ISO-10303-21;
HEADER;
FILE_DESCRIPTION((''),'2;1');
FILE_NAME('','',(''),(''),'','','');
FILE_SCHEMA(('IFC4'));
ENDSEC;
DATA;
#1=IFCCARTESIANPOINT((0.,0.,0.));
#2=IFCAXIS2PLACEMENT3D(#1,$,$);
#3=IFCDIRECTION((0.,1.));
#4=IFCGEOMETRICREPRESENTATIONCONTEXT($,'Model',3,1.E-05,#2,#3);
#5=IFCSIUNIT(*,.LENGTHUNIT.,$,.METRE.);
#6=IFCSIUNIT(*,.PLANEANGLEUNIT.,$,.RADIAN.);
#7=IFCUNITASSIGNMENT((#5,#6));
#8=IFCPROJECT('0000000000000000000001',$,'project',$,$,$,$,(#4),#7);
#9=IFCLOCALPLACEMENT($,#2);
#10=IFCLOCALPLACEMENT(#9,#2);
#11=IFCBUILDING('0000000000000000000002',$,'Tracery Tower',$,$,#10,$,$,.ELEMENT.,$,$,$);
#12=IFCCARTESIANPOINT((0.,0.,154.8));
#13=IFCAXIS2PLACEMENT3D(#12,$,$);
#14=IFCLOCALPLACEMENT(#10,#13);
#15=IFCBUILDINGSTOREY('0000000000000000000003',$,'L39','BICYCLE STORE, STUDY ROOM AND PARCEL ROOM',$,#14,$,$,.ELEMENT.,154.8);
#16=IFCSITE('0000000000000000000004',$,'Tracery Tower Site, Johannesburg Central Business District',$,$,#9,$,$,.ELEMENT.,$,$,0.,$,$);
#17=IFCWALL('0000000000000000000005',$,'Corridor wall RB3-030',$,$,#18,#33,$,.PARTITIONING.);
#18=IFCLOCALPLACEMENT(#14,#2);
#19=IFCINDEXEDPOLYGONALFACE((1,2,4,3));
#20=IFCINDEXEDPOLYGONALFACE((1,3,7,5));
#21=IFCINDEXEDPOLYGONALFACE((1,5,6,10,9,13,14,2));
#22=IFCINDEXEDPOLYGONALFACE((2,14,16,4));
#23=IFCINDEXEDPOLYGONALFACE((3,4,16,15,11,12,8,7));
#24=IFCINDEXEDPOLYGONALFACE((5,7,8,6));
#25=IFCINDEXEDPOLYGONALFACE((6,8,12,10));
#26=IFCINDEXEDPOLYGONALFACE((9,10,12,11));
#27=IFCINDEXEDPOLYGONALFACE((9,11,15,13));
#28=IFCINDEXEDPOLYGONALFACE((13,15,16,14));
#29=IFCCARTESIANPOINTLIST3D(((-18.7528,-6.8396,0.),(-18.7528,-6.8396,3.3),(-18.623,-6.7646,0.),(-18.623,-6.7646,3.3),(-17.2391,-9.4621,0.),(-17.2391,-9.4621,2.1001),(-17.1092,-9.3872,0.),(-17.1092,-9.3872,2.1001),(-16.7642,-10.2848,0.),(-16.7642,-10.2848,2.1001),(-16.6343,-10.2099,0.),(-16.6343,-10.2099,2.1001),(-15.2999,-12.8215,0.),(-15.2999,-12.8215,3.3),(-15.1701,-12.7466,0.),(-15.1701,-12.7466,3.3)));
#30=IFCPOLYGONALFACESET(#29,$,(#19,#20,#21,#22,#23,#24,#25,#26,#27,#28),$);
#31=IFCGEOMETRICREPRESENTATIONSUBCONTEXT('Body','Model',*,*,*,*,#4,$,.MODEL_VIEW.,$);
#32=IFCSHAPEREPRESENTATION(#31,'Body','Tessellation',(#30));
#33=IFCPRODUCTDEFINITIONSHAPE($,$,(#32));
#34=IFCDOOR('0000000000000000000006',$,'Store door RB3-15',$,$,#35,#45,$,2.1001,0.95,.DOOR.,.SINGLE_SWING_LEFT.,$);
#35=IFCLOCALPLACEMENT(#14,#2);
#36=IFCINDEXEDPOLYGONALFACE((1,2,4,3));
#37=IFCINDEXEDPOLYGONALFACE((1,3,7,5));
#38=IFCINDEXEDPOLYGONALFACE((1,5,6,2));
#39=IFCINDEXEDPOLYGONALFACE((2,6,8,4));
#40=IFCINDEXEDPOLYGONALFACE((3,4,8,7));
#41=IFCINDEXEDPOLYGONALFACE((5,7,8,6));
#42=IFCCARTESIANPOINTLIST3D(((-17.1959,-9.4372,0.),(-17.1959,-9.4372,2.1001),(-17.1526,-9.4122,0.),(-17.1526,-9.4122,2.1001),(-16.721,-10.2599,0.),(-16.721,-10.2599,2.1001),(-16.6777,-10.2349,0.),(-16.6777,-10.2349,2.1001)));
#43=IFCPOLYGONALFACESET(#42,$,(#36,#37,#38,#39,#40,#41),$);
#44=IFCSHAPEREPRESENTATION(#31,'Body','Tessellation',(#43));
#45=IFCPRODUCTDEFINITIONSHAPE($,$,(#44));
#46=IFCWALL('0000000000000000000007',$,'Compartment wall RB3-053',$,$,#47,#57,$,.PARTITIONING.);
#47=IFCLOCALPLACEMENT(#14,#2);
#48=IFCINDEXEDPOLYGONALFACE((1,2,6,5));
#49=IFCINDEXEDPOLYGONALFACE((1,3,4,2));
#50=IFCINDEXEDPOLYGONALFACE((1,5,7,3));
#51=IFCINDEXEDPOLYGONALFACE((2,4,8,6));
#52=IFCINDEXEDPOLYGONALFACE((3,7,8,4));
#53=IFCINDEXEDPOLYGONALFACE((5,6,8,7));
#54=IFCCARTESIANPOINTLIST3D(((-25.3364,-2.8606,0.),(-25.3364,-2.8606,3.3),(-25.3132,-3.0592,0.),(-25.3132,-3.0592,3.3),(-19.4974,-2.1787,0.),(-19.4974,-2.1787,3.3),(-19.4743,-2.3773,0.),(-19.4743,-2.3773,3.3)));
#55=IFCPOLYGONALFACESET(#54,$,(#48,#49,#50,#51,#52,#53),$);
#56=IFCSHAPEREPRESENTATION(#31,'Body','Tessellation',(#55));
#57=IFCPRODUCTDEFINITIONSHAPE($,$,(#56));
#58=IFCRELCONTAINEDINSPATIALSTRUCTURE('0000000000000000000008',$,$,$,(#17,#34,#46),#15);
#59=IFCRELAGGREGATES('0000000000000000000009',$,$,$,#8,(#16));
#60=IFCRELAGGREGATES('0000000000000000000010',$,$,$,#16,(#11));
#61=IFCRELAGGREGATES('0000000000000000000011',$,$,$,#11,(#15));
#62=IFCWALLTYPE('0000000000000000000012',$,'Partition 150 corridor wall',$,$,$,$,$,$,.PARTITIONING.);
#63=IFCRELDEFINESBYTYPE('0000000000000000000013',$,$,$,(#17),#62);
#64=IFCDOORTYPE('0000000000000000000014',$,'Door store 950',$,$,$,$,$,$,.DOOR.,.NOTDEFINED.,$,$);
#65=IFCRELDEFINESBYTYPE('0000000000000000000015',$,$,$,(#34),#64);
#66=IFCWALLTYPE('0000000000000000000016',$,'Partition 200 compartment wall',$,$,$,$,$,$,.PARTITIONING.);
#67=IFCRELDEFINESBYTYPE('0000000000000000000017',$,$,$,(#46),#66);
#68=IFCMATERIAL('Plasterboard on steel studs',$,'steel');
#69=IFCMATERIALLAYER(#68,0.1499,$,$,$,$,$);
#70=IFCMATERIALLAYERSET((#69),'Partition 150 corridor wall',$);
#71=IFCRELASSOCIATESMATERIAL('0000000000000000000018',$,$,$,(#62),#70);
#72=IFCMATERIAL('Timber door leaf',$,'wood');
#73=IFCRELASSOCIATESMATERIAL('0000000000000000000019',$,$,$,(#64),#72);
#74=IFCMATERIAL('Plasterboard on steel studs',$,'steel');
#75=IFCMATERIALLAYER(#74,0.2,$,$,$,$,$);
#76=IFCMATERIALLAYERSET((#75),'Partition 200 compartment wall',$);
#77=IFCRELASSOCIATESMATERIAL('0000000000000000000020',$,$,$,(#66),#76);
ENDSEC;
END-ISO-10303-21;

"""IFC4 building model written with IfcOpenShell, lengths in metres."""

from ifc_helpers import new_model, si_unit, direction, frame, frame_2d, origin, place, context, subcontext, project, spatial, rectangle, extrude, material, layer, layer_set, type_object, element, fill, save


model = new_model("IFC4")

# Units and contexts
model_context = context("Model", 3, precision=1e-05, world=origin(), true_north=direction((0.0, 1.0)))
body_context = subcontext(model_context, "Body", "Model", "MODEL_VIEW")
ifc_project = project(units=[si_unit("LENGTHUNIT", "METRE"), si_unit("PLANEANGLEUNIT", "RADIAN")], contexts=[model_context])

# Site, building, storey
site_placement = place(None, origin())
site = spatial("IfcSite", under=ifc_project, at=site_placement, Name="Tracery Tower Site, Johannesburg Central Business District", CompositionType="ELEMENT", RefElevation=0.0)
building_placement = place(site_placement, origin())
building = spatial("IfcBuilding", under=site, at=building_placement, Name="Tracery Tower", CompositionType="ELEMENT")
storey_placement = place(building_placement, frame((0.0, 0.0, 154.8)))
storey = spatial("IfcBuildingStorey", under=building, at=storey_placement, Name="L39", Description="BICYCLE STORE, STUDY ROOM AND PARCEL ROOM", CompositionType="ELEMENT", Elevation=154.8)

# Shared definitions
ifc_material_1 = material(Name="Plasterboard on steel studs", Category="steel")
ifc_layer_1 = layer(ifc_material_1, 0.1499)
ifc_layer_set_1 = layer_set([ifc_layer_1], Name="Partition 150 corridor wall")
wall_type_1 = type_object("IfcWallType", Name="Partition 150 corridor wall", PredefinedType="PARTITIONING", material=ifc_layer_set_1)

# Wall, opening, door
wall_1_placement = place(storey_placement, frame((-18.688, -6.802, 0.0), z_axis=(0.0, 0.0, 1.0), x_axis=(0.499914, -0.866075, 0.0)))
wall_1 = element("IfcWall", 1, at=wall_1_placement, inside=storey, type_object=wall_type_1, Name="Corridor wall RB3-030", PredefinedType="PARTITIONING", context=body_context, shape_type="SweptSolid", body=[
    extrude(rectangle(XDim=6.907, YDim=0.1499, at=frame_2d((3.4536, 0.0))), origin(), (0.0, 0.0, 1.0), 3.3),
])
opening_1_placement = place(wall_1_placement, frame((3.0281, 0.0, 0.0)))
opening_1 = element("IfcOpeningElement", 2, at=opening_1_placement, cuts=wall_1, PredefinedType="OPENING", context=body_context, shape_type="SweptSolid", body=[
    extrude(rectangle(XDim=0.95, YDim=2.1001, at=frame_2d((0.4751, 1.05))), frame((0.0, 0.075, 0.0), z_axis=(0.0, -1.0, 0.0), x_axis=(1.0, 0.0, 0.0)), (0.0, 0.0, 1.0), 0.1499),
])
ifc_material_2 = material(Name="Timber door leaf", Category="wood")
door_type_1 = type_object("IfcDoorType", Name="Door store 950", OperationType="NOTDEFINED", PredefinedType="DOOR", material=ifc_material_2)
door_1_placement = place(opening_1_placement, origin())
door_1 = element("IfcDoor", 3, at=door_1_placement, inside=storey, type_object=door_type_1, Name="Store door RB3-15", OperationType="SINGLE_SWING_LEFT", OverallHeight=2.1001, OverallWidth=0.95, PredefinedType="DOOR", context=body_context, shape_type="SweptSolid", body=[
    extrude(rectangle(XDim=0.95, YDim=2.1001, at=frame_2d((0.4751, 1.05))), frame((0.0, 0.0249, 0.0), z_axis=(0.0, -1.0, 0.0), x_axis=(1.0, 0.0, 0.0)), (0.0, 0.0, 1.0), 0.05),
])
fill(opening_1, door_1)

# Wall
ifc_material_3 = material(Name="Plasterboard on steel studs", Category="steel")
ifc_layer_2 = layer(ifc_material_3, 0.2)
ifc_layer_set_2 = layer_set([ifc_layer_2], Name="Partition 200 compartment wall")
wall_type_2 = type_object("IfcWallType", Name="Partition 200 compartment wall", PredefinedType="PARTITIONING", material=ifc_layer_set_2)
wall_2_placement = place(storey_placement, frame((-25.325, -2.96, 0.0), z_axis=(0.0, 0.0, 1.0), x_axis=(0.99325, 0.115995, 0.0)))
element("IfcWall", 4, at=wall_2_placement, inside=storey, type_object=wall_type_2, Name="Compartment wall RB3-053", PredefinedType="PARTITIONING", context=body_context, shape_type="SweptSolid", body=[
    extrude(rectangle(XDim=5.8787, YDim=0.2, at=frame_2d((2.9395, 0.0))), origin(), (0.0, 0.0, 1.0), 3.3),
])

save(model, "model.ifc")
